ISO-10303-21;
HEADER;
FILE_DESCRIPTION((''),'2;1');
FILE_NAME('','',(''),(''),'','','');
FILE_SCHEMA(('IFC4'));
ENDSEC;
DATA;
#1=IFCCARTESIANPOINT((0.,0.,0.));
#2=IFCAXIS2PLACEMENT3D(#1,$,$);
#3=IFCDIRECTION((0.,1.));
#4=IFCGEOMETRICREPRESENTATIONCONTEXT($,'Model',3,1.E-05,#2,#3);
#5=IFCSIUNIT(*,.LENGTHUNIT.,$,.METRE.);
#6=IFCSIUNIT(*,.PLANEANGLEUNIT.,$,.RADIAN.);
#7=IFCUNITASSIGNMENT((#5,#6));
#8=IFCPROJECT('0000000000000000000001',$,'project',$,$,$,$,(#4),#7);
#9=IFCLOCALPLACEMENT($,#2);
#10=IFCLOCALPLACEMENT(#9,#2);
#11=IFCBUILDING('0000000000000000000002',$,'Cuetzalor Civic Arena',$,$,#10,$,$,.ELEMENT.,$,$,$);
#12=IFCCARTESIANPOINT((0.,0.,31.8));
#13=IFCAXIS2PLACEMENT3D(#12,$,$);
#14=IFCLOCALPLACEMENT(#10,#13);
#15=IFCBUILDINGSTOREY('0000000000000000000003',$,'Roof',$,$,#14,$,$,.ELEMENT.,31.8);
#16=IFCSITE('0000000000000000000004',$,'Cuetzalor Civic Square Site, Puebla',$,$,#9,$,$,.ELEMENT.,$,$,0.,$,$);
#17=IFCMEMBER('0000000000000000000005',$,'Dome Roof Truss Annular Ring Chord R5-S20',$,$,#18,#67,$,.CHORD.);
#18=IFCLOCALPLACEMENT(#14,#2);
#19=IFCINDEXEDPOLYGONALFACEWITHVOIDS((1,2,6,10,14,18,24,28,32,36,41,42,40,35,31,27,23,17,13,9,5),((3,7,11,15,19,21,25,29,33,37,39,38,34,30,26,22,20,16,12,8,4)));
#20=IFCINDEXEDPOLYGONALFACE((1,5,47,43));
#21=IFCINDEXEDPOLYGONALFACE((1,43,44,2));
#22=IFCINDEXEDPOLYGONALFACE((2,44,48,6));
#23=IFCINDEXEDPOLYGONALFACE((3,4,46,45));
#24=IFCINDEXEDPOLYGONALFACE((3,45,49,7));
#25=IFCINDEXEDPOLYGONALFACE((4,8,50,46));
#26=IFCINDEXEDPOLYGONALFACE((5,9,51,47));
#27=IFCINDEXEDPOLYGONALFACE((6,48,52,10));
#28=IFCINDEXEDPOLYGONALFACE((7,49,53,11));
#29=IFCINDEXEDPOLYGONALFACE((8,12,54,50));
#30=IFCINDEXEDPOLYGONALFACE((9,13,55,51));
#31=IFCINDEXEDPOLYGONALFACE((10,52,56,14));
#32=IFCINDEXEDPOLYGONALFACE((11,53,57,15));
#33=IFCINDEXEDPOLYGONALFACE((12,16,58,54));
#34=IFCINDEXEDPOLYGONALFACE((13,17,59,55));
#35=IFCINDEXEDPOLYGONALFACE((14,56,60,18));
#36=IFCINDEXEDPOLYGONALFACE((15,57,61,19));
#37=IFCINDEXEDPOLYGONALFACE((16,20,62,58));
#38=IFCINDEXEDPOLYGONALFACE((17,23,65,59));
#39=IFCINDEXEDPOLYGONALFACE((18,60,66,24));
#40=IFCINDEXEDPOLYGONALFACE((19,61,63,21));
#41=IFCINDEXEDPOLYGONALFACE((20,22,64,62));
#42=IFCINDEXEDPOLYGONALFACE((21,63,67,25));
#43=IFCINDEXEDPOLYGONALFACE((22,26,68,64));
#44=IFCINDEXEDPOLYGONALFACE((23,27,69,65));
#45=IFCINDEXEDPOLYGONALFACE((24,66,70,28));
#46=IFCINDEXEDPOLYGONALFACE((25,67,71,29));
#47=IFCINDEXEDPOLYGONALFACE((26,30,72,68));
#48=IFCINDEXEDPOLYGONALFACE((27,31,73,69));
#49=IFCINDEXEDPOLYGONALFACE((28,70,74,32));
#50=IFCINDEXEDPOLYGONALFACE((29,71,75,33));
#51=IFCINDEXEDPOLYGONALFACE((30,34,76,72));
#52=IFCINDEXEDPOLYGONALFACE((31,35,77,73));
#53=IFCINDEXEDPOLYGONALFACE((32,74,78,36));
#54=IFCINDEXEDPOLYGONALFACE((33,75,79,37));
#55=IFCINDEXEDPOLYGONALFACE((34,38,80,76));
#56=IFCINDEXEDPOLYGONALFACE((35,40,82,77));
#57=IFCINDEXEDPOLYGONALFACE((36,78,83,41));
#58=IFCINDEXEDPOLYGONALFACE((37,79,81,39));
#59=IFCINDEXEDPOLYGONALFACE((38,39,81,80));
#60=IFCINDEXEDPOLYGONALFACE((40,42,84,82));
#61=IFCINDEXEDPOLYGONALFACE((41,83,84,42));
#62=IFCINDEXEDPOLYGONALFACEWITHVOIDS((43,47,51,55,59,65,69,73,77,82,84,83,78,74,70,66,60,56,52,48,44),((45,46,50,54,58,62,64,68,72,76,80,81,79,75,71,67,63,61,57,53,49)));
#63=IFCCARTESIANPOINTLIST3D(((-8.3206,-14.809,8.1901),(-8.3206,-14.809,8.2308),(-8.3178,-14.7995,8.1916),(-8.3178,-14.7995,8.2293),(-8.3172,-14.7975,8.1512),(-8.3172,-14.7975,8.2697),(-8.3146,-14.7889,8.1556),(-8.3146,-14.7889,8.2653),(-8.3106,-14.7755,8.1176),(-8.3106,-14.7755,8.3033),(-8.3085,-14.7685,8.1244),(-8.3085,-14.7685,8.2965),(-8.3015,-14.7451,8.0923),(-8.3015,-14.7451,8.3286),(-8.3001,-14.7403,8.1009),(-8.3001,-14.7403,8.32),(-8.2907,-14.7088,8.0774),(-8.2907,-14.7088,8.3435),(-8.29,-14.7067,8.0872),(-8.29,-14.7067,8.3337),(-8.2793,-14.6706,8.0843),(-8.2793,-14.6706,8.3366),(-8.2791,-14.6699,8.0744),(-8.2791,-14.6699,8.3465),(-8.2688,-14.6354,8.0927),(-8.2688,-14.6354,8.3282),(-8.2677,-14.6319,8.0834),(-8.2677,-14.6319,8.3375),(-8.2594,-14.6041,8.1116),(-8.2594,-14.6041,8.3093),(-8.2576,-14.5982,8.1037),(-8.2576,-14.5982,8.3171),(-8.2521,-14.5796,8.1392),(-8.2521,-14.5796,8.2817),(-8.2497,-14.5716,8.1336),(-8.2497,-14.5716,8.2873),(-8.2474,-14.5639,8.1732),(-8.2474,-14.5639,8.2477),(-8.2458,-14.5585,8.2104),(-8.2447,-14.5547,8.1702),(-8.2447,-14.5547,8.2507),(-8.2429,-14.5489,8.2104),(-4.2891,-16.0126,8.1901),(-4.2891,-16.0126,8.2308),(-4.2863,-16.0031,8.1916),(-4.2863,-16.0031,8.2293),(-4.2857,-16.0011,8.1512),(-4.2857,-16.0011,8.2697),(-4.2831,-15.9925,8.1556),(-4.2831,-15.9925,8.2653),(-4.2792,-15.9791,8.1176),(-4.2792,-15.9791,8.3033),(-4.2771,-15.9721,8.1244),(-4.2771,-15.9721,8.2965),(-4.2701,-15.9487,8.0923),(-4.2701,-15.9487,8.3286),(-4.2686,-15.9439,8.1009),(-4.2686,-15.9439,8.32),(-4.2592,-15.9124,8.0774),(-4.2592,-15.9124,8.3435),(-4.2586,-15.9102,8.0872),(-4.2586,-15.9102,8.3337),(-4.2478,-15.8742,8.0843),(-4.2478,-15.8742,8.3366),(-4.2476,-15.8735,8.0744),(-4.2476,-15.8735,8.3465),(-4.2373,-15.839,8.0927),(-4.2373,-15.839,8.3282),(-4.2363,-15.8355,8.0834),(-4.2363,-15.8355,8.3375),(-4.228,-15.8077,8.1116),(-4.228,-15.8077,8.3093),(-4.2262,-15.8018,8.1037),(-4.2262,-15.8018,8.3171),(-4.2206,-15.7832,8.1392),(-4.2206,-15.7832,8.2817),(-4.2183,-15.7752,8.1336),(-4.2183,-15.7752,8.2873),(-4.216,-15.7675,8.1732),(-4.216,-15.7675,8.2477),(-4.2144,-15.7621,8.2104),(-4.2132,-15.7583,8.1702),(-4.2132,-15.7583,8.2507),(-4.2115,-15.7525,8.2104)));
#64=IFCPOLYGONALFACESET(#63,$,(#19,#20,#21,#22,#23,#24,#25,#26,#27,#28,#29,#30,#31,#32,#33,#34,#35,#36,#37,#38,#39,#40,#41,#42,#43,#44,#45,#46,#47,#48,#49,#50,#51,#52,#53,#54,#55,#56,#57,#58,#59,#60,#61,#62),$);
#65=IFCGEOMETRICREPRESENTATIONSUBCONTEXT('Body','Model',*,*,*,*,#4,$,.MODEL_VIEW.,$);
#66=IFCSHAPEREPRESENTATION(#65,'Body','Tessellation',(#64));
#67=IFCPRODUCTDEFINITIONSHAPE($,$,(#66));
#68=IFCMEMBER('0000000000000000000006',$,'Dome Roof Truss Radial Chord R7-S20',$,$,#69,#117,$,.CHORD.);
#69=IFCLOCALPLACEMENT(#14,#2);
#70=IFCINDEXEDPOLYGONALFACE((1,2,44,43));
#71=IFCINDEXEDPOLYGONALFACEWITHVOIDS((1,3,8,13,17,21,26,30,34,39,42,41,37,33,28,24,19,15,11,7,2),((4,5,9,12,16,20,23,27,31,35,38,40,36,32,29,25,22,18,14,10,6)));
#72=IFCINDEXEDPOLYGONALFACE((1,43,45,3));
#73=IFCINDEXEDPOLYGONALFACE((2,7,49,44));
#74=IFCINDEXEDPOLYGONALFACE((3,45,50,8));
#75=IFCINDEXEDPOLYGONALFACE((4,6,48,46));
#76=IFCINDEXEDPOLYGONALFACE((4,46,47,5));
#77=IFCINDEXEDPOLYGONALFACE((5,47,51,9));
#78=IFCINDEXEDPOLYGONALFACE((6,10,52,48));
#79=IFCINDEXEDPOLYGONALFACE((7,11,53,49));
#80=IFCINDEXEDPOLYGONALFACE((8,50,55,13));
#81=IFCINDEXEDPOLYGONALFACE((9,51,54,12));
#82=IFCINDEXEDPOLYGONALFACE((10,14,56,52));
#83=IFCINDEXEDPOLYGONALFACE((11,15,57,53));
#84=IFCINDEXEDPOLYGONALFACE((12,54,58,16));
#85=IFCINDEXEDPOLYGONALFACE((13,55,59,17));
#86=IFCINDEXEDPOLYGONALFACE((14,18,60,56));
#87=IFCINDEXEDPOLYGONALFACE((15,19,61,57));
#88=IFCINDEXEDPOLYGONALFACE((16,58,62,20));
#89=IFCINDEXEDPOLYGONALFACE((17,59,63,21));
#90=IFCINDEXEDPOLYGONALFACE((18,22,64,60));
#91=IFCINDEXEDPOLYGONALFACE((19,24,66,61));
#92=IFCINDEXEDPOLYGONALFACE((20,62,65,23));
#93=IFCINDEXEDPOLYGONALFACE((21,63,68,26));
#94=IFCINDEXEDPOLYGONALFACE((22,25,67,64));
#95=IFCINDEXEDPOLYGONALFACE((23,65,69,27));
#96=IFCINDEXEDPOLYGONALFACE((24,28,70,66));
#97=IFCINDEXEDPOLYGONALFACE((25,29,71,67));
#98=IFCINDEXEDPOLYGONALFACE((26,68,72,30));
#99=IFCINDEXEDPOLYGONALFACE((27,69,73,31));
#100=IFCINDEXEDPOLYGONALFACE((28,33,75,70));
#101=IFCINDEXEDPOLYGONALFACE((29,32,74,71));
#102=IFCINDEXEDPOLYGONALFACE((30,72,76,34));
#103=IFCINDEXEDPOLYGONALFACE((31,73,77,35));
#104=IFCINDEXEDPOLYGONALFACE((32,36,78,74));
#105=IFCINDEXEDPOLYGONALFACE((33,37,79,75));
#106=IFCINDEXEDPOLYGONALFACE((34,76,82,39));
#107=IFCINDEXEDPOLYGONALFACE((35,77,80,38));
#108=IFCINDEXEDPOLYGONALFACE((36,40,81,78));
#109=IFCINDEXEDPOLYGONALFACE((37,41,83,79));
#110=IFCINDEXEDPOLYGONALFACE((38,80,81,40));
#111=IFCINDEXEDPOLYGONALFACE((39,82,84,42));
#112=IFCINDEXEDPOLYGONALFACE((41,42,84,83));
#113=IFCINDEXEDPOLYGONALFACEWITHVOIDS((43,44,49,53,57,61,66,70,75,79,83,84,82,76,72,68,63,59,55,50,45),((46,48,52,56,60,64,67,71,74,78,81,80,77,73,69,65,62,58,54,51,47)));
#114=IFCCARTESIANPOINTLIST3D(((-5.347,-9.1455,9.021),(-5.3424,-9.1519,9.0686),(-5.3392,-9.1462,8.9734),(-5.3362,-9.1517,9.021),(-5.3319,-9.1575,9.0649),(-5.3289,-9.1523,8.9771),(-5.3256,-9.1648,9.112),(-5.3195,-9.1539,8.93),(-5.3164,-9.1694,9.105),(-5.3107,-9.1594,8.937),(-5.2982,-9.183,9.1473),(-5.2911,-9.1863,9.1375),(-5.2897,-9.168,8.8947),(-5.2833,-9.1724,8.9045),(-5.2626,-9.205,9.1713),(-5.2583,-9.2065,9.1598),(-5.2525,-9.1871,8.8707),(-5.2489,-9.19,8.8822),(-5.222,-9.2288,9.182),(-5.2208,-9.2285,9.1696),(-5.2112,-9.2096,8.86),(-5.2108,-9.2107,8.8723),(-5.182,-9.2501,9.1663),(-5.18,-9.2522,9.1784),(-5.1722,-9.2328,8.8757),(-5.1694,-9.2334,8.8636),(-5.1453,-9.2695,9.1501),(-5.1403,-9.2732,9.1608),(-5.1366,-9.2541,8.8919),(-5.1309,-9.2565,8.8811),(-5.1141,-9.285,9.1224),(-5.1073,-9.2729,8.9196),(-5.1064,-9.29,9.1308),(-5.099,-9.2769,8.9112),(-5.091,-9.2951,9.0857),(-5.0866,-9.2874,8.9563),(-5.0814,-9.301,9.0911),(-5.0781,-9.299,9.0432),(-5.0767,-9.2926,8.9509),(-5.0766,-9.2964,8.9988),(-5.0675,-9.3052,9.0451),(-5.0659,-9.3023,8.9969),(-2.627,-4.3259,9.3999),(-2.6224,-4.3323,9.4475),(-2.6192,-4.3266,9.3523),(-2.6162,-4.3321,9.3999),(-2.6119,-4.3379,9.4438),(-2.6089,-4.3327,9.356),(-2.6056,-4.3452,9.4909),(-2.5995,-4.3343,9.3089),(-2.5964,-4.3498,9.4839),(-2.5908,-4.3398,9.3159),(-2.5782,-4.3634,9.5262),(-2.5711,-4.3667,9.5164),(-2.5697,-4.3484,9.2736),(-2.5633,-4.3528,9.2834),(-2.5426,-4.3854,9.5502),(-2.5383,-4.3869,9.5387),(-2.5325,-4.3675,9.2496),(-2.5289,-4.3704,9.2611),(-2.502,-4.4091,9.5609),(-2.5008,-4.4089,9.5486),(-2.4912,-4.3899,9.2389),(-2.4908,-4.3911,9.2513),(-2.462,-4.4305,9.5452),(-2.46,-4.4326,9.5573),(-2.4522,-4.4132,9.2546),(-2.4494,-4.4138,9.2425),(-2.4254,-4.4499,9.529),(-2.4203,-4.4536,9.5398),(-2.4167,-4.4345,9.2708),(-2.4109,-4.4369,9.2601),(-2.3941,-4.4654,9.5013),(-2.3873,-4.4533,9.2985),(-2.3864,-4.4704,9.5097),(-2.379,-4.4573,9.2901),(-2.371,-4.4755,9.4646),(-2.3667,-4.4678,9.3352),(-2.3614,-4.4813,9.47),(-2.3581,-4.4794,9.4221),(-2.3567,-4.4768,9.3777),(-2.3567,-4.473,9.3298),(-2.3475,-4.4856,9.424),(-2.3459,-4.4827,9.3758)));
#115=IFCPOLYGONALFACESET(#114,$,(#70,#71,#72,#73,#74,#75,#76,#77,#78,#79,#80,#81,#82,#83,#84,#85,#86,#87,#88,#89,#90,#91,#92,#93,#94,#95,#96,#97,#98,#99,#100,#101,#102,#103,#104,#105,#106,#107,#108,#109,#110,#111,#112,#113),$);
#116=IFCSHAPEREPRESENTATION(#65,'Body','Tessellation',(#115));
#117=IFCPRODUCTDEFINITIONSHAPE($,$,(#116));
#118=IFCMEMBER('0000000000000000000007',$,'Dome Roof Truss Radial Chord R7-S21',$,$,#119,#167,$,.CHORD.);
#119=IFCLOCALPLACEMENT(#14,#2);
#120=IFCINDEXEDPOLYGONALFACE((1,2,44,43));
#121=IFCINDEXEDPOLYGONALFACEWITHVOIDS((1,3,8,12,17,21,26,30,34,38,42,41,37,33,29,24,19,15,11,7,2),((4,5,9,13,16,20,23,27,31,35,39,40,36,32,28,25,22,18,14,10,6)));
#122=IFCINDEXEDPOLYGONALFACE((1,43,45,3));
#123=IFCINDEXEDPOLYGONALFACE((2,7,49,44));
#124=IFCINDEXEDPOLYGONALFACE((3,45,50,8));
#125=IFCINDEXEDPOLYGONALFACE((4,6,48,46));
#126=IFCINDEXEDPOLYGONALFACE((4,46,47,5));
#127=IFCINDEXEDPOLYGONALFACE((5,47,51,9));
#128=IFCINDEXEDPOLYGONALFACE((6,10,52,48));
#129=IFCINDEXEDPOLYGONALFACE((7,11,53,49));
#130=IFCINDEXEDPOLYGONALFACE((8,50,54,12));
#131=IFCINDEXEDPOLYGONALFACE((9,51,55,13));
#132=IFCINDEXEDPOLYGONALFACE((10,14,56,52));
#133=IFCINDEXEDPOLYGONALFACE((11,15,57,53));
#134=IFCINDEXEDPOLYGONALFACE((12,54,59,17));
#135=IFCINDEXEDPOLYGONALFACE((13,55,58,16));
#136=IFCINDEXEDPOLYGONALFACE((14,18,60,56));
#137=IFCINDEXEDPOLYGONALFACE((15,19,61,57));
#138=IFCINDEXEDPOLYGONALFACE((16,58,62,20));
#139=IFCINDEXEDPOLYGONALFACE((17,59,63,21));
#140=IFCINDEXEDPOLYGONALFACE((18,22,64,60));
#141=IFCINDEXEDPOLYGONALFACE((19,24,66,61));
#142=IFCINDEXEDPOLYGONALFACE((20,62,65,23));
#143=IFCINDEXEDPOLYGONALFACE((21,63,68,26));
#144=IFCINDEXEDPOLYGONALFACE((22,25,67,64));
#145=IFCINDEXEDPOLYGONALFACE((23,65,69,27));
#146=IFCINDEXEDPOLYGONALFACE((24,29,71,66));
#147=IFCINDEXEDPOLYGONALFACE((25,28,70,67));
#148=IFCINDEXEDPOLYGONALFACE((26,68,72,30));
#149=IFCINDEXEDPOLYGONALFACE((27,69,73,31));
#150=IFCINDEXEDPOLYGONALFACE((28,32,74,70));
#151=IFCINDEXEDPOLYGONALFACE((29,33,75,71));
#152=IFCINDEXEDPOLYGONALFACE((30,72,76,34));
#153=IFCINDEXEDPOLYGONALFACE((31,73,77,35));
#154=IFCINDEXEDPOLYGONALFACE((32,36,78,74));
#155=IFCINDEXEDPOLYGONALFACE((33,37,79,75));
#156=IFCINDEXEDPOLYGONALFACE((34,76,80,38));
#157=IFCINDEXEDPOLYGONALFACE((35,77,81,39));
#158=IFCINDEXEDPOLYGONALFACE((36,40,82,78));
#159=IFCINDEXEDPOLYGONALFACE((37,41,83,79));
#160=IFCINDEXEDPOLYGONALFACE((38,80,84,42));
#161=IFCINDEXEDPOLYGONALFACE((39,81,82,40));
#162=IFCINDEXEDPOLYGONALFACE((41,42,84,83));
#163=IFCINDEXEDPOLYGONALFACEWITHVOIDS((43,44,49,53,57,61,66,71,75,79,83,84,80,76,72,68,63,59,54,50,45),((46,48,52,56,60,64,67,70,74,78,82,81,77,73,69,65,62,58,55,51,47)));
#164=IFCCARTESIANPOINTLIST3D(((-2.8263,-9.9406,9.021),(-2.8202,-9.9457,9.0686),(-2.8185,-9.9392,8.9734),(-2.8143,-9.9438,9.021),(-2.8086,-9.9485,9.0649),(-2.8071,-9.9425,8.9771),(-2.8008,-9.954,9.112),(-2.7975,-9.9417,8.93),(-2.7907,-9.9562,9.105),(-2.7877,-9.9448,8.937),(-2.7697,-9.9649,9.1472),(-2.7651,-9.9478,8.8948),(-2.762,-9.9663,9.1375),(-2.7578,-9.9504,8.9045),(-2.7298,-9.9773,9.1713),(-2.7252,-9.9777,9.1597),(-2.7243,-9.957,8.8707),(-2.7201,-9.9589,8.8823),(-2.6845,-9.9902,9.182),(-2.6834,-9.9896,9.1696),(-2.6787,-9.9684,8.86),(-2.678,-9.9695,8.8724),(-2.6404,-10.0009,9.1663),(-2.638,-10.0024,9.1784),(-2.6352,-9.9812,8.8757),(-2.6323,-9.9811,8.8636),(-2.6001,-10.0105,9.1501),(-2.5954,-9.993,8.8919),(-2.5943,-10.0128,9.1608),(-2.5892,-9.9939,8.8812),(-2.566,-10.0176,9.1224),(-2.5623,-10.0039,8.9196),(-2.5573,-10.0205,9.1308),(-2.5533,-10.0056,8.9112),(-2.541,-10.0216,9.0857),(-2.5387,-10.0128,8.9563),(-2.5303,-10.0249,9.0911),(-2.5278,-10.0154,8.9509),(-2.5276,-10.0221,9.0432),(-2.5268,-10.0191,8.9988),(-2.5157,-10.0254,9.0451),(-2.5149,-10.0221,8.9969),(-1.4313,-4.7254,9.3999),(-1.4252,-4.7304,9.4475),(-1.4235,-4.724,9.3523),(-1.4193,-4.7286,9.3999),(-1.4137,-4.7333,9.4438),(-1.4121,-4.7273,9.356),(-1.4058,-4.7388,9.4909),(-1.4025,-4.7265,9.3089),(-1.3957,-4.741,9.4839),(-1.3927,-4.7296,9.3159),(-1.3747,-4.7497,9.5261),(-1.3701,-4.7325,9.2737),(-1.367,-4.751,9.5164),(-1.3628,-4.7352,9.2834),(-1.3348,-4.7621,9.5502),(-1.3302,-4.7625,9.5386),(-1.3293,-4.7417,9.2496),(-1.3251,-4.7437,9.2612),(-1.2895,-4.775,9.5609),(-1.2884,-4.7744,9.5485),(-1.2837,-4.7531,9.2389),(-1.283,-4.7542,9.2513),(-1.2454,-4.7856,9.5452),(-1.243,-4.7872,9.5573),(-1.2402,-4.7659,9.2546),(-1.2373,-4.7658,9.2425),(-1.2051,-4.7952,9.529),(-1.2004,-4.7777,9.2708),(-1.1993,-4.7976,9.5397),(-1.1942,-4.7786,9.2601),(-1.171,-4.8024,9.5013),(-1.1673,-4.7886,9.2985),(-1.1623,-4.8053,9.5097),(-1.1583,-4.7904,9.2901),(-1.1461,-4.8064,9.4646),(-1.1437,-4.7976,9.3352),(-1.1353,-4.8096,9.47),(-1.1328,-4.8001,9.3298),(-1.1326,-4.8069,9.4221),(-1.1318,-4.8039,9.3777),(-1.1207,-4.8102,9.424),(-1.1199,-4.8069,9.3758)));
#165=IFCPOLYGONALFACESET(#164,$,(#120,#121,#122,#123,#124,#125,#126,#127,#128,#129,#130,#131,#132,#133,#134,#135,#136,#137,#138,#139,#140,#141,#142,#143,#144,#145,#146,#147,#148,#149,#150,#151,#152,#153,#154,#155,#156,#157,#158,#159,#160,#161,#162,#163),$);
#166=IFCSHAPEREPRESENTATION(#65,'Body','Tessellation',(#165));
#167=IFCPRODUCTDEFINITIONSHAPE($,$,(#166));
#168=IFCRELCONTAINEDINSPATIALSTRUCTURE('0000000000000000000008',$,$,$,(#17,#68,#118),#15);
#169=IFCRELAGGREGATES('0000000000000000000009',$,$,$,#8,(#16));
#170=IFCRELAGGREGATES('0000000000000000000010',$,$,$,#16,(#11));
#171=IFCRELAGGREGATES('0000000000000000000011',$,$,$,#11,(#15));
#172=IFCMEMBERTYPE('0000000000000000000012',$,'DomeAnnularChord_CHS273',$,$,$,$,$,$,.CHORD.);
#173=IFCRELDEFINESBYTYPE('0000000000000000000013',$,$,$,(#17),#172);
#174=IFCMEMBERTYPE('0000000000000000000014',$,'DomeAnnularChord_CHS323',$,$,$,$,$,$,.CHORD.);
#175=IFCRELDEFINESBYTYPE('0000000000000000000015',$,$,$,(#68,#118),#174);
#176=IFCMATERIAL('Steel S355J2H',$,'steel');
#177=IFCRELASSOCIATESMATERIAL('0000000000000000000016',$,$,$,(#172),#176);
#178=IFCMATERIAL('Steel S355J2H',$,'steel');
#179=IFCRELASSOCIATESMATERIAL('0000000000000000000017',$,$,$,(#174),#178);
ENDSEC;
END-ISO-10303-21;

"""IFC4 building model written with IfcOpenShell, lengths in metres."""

from ifc_helpers import new_model, si_unit, direction, frame, origin, origin_2d, place, context, subcontext, project, spatial, hollow_circle, extrude, material, material_profile, profile_set, type_object, element, save


model = new_model("IFC4")

# Units and contexts
model_context = context("Model", 3, precision=1e-05, world=origin(), true_north=direction((0.0, 1.0)))
body_context = subcontext(model_context, "Body", "Model", "MODEL_VIEW")
ifc_project = project(units=[si_unit("LENGTHUNIT", "METRE"), si_unit("PLANEANGLEUNIT", "RADIAN")], contexts=[model_context])

# Site, building, storey
site_placement = place(None, origin())
site = spatial("IfcSite", under=ifc_project, at=site_placement, Name="Cuetzalor Civic Square Site, Puebla", CompositionType="ELEMENT", RefElevation=0.0)
building_placement = place(site_placement, origin())
building = spatial("IfcBuilding", under=site, at=building_placement, Name="Cuetzalor Civic Arena", CompositionType="ELEMENT")
storey_placement = place(building_placement, frame((0.0, 0.0, 31.8)))
storey = spatial("IfcBuildingStorey", under=building, at=storey_placement, Name="Roof", CompositionType="ELEMENT", Elevation=31.8)

# Members
ifc_material_1 = material(Name="Steel S355J2H", Category="steel")
ifc_material_profile_1 = material_profile(ifc_material_1, hollow_circle(Radius=0.1365, WallThickness=0.01, at=origin_2d()), Name="CHS 273x10")
ifc_profile_set_1 = profile_set([ifc_material_profile_1], Name="Steel S355J2H")
member_type_1 = type_object("IfcMemberType", Name="DomeAnnularChord_CHS273", PredefinedType="CHORD", material=ifc_profile_set_1)
member_1_placement = place(storey_placement, frame((-8.282, -14.6797, 8.2104), z_axis=(0.958207, -0.286075, 0.0), x_axis=(0.286075, 0.958207, 0.0)))
element("IfcMember", 1, at=member_1_placement, inside=storey, type_object=member_type_1, Name="Dome Roof Truss Annular Ring Chord R5-S20", PredefinedType="CHORD", context=body_context, shape_type="SweptSolid", body=[
    extrude(hollow_circle(Radius=0.1365, WallThickness=0.01, at=origin_2d()), origin(), (0.0, 0.0, 1.0), 4.2073),
])
ifc_material_2 = material(Name="Steel S355J2H", Category="steel")
ifc_material_profile_2 = material_profile(ifc_material_2, hollow_circle(Radius=0.1619, WallThickness=0.0125, at=origin_2d()), Name="CHS 323.9x12.5")
ifc_profile_set_2 = profile_set([ifc_material_profile_2], Name="Steel S355J2H")
member_type_2 = type_object("IfcMemberType", Name="DomeAnnularChord_CHS323", PredefinedType="CHORD", material=ifc_profile_set_2)
member_2_placement = place(storey_placement, frame((-5.2061, -9.2251, 9.021), z_axis=(0.490342, 0.868849, 0.068307), x_axis=(-0.870883, 0.49149, 0.0)))
element("IfcMember", 2, at=member_2_placement, inside=storey, type_object=member_type_2, Name="Dome Roof Truss Radial Chord R7-S20", PredefinedType="CHORD", context=body_context, shape_type="SweptSolid", body=[
    extrude(hollow_circle(Radius=0.1619, WallThickness=0.0125, at=origin_2d()), origin(), (0.0, 0.0, 1.0), 5.5471),
])
member_3_placement = place(storey_placement, frame((-2.6699, -9.9824, 9.021), z_axis=(0.257766, 0.963667, 0.070013), x_axis=(-0.966038, 0.2584, 0.0)))
element("IfcMember", 3, at=member_3_placement, inside=storey, type_object=member_type_2, Name="Dome Roof Truss Radial Chord R7-S21", PredefinedType="CHORD", context=body_context, shape_type="SweptSolid", body=[
    extrude(hollow_circle(Radius=0.1619, WallThickness=0.0125, at=origin_2d()), origin(), (0.0, 0.0, 1.0), 5.4119),
])

save(model, "model.ifc")
